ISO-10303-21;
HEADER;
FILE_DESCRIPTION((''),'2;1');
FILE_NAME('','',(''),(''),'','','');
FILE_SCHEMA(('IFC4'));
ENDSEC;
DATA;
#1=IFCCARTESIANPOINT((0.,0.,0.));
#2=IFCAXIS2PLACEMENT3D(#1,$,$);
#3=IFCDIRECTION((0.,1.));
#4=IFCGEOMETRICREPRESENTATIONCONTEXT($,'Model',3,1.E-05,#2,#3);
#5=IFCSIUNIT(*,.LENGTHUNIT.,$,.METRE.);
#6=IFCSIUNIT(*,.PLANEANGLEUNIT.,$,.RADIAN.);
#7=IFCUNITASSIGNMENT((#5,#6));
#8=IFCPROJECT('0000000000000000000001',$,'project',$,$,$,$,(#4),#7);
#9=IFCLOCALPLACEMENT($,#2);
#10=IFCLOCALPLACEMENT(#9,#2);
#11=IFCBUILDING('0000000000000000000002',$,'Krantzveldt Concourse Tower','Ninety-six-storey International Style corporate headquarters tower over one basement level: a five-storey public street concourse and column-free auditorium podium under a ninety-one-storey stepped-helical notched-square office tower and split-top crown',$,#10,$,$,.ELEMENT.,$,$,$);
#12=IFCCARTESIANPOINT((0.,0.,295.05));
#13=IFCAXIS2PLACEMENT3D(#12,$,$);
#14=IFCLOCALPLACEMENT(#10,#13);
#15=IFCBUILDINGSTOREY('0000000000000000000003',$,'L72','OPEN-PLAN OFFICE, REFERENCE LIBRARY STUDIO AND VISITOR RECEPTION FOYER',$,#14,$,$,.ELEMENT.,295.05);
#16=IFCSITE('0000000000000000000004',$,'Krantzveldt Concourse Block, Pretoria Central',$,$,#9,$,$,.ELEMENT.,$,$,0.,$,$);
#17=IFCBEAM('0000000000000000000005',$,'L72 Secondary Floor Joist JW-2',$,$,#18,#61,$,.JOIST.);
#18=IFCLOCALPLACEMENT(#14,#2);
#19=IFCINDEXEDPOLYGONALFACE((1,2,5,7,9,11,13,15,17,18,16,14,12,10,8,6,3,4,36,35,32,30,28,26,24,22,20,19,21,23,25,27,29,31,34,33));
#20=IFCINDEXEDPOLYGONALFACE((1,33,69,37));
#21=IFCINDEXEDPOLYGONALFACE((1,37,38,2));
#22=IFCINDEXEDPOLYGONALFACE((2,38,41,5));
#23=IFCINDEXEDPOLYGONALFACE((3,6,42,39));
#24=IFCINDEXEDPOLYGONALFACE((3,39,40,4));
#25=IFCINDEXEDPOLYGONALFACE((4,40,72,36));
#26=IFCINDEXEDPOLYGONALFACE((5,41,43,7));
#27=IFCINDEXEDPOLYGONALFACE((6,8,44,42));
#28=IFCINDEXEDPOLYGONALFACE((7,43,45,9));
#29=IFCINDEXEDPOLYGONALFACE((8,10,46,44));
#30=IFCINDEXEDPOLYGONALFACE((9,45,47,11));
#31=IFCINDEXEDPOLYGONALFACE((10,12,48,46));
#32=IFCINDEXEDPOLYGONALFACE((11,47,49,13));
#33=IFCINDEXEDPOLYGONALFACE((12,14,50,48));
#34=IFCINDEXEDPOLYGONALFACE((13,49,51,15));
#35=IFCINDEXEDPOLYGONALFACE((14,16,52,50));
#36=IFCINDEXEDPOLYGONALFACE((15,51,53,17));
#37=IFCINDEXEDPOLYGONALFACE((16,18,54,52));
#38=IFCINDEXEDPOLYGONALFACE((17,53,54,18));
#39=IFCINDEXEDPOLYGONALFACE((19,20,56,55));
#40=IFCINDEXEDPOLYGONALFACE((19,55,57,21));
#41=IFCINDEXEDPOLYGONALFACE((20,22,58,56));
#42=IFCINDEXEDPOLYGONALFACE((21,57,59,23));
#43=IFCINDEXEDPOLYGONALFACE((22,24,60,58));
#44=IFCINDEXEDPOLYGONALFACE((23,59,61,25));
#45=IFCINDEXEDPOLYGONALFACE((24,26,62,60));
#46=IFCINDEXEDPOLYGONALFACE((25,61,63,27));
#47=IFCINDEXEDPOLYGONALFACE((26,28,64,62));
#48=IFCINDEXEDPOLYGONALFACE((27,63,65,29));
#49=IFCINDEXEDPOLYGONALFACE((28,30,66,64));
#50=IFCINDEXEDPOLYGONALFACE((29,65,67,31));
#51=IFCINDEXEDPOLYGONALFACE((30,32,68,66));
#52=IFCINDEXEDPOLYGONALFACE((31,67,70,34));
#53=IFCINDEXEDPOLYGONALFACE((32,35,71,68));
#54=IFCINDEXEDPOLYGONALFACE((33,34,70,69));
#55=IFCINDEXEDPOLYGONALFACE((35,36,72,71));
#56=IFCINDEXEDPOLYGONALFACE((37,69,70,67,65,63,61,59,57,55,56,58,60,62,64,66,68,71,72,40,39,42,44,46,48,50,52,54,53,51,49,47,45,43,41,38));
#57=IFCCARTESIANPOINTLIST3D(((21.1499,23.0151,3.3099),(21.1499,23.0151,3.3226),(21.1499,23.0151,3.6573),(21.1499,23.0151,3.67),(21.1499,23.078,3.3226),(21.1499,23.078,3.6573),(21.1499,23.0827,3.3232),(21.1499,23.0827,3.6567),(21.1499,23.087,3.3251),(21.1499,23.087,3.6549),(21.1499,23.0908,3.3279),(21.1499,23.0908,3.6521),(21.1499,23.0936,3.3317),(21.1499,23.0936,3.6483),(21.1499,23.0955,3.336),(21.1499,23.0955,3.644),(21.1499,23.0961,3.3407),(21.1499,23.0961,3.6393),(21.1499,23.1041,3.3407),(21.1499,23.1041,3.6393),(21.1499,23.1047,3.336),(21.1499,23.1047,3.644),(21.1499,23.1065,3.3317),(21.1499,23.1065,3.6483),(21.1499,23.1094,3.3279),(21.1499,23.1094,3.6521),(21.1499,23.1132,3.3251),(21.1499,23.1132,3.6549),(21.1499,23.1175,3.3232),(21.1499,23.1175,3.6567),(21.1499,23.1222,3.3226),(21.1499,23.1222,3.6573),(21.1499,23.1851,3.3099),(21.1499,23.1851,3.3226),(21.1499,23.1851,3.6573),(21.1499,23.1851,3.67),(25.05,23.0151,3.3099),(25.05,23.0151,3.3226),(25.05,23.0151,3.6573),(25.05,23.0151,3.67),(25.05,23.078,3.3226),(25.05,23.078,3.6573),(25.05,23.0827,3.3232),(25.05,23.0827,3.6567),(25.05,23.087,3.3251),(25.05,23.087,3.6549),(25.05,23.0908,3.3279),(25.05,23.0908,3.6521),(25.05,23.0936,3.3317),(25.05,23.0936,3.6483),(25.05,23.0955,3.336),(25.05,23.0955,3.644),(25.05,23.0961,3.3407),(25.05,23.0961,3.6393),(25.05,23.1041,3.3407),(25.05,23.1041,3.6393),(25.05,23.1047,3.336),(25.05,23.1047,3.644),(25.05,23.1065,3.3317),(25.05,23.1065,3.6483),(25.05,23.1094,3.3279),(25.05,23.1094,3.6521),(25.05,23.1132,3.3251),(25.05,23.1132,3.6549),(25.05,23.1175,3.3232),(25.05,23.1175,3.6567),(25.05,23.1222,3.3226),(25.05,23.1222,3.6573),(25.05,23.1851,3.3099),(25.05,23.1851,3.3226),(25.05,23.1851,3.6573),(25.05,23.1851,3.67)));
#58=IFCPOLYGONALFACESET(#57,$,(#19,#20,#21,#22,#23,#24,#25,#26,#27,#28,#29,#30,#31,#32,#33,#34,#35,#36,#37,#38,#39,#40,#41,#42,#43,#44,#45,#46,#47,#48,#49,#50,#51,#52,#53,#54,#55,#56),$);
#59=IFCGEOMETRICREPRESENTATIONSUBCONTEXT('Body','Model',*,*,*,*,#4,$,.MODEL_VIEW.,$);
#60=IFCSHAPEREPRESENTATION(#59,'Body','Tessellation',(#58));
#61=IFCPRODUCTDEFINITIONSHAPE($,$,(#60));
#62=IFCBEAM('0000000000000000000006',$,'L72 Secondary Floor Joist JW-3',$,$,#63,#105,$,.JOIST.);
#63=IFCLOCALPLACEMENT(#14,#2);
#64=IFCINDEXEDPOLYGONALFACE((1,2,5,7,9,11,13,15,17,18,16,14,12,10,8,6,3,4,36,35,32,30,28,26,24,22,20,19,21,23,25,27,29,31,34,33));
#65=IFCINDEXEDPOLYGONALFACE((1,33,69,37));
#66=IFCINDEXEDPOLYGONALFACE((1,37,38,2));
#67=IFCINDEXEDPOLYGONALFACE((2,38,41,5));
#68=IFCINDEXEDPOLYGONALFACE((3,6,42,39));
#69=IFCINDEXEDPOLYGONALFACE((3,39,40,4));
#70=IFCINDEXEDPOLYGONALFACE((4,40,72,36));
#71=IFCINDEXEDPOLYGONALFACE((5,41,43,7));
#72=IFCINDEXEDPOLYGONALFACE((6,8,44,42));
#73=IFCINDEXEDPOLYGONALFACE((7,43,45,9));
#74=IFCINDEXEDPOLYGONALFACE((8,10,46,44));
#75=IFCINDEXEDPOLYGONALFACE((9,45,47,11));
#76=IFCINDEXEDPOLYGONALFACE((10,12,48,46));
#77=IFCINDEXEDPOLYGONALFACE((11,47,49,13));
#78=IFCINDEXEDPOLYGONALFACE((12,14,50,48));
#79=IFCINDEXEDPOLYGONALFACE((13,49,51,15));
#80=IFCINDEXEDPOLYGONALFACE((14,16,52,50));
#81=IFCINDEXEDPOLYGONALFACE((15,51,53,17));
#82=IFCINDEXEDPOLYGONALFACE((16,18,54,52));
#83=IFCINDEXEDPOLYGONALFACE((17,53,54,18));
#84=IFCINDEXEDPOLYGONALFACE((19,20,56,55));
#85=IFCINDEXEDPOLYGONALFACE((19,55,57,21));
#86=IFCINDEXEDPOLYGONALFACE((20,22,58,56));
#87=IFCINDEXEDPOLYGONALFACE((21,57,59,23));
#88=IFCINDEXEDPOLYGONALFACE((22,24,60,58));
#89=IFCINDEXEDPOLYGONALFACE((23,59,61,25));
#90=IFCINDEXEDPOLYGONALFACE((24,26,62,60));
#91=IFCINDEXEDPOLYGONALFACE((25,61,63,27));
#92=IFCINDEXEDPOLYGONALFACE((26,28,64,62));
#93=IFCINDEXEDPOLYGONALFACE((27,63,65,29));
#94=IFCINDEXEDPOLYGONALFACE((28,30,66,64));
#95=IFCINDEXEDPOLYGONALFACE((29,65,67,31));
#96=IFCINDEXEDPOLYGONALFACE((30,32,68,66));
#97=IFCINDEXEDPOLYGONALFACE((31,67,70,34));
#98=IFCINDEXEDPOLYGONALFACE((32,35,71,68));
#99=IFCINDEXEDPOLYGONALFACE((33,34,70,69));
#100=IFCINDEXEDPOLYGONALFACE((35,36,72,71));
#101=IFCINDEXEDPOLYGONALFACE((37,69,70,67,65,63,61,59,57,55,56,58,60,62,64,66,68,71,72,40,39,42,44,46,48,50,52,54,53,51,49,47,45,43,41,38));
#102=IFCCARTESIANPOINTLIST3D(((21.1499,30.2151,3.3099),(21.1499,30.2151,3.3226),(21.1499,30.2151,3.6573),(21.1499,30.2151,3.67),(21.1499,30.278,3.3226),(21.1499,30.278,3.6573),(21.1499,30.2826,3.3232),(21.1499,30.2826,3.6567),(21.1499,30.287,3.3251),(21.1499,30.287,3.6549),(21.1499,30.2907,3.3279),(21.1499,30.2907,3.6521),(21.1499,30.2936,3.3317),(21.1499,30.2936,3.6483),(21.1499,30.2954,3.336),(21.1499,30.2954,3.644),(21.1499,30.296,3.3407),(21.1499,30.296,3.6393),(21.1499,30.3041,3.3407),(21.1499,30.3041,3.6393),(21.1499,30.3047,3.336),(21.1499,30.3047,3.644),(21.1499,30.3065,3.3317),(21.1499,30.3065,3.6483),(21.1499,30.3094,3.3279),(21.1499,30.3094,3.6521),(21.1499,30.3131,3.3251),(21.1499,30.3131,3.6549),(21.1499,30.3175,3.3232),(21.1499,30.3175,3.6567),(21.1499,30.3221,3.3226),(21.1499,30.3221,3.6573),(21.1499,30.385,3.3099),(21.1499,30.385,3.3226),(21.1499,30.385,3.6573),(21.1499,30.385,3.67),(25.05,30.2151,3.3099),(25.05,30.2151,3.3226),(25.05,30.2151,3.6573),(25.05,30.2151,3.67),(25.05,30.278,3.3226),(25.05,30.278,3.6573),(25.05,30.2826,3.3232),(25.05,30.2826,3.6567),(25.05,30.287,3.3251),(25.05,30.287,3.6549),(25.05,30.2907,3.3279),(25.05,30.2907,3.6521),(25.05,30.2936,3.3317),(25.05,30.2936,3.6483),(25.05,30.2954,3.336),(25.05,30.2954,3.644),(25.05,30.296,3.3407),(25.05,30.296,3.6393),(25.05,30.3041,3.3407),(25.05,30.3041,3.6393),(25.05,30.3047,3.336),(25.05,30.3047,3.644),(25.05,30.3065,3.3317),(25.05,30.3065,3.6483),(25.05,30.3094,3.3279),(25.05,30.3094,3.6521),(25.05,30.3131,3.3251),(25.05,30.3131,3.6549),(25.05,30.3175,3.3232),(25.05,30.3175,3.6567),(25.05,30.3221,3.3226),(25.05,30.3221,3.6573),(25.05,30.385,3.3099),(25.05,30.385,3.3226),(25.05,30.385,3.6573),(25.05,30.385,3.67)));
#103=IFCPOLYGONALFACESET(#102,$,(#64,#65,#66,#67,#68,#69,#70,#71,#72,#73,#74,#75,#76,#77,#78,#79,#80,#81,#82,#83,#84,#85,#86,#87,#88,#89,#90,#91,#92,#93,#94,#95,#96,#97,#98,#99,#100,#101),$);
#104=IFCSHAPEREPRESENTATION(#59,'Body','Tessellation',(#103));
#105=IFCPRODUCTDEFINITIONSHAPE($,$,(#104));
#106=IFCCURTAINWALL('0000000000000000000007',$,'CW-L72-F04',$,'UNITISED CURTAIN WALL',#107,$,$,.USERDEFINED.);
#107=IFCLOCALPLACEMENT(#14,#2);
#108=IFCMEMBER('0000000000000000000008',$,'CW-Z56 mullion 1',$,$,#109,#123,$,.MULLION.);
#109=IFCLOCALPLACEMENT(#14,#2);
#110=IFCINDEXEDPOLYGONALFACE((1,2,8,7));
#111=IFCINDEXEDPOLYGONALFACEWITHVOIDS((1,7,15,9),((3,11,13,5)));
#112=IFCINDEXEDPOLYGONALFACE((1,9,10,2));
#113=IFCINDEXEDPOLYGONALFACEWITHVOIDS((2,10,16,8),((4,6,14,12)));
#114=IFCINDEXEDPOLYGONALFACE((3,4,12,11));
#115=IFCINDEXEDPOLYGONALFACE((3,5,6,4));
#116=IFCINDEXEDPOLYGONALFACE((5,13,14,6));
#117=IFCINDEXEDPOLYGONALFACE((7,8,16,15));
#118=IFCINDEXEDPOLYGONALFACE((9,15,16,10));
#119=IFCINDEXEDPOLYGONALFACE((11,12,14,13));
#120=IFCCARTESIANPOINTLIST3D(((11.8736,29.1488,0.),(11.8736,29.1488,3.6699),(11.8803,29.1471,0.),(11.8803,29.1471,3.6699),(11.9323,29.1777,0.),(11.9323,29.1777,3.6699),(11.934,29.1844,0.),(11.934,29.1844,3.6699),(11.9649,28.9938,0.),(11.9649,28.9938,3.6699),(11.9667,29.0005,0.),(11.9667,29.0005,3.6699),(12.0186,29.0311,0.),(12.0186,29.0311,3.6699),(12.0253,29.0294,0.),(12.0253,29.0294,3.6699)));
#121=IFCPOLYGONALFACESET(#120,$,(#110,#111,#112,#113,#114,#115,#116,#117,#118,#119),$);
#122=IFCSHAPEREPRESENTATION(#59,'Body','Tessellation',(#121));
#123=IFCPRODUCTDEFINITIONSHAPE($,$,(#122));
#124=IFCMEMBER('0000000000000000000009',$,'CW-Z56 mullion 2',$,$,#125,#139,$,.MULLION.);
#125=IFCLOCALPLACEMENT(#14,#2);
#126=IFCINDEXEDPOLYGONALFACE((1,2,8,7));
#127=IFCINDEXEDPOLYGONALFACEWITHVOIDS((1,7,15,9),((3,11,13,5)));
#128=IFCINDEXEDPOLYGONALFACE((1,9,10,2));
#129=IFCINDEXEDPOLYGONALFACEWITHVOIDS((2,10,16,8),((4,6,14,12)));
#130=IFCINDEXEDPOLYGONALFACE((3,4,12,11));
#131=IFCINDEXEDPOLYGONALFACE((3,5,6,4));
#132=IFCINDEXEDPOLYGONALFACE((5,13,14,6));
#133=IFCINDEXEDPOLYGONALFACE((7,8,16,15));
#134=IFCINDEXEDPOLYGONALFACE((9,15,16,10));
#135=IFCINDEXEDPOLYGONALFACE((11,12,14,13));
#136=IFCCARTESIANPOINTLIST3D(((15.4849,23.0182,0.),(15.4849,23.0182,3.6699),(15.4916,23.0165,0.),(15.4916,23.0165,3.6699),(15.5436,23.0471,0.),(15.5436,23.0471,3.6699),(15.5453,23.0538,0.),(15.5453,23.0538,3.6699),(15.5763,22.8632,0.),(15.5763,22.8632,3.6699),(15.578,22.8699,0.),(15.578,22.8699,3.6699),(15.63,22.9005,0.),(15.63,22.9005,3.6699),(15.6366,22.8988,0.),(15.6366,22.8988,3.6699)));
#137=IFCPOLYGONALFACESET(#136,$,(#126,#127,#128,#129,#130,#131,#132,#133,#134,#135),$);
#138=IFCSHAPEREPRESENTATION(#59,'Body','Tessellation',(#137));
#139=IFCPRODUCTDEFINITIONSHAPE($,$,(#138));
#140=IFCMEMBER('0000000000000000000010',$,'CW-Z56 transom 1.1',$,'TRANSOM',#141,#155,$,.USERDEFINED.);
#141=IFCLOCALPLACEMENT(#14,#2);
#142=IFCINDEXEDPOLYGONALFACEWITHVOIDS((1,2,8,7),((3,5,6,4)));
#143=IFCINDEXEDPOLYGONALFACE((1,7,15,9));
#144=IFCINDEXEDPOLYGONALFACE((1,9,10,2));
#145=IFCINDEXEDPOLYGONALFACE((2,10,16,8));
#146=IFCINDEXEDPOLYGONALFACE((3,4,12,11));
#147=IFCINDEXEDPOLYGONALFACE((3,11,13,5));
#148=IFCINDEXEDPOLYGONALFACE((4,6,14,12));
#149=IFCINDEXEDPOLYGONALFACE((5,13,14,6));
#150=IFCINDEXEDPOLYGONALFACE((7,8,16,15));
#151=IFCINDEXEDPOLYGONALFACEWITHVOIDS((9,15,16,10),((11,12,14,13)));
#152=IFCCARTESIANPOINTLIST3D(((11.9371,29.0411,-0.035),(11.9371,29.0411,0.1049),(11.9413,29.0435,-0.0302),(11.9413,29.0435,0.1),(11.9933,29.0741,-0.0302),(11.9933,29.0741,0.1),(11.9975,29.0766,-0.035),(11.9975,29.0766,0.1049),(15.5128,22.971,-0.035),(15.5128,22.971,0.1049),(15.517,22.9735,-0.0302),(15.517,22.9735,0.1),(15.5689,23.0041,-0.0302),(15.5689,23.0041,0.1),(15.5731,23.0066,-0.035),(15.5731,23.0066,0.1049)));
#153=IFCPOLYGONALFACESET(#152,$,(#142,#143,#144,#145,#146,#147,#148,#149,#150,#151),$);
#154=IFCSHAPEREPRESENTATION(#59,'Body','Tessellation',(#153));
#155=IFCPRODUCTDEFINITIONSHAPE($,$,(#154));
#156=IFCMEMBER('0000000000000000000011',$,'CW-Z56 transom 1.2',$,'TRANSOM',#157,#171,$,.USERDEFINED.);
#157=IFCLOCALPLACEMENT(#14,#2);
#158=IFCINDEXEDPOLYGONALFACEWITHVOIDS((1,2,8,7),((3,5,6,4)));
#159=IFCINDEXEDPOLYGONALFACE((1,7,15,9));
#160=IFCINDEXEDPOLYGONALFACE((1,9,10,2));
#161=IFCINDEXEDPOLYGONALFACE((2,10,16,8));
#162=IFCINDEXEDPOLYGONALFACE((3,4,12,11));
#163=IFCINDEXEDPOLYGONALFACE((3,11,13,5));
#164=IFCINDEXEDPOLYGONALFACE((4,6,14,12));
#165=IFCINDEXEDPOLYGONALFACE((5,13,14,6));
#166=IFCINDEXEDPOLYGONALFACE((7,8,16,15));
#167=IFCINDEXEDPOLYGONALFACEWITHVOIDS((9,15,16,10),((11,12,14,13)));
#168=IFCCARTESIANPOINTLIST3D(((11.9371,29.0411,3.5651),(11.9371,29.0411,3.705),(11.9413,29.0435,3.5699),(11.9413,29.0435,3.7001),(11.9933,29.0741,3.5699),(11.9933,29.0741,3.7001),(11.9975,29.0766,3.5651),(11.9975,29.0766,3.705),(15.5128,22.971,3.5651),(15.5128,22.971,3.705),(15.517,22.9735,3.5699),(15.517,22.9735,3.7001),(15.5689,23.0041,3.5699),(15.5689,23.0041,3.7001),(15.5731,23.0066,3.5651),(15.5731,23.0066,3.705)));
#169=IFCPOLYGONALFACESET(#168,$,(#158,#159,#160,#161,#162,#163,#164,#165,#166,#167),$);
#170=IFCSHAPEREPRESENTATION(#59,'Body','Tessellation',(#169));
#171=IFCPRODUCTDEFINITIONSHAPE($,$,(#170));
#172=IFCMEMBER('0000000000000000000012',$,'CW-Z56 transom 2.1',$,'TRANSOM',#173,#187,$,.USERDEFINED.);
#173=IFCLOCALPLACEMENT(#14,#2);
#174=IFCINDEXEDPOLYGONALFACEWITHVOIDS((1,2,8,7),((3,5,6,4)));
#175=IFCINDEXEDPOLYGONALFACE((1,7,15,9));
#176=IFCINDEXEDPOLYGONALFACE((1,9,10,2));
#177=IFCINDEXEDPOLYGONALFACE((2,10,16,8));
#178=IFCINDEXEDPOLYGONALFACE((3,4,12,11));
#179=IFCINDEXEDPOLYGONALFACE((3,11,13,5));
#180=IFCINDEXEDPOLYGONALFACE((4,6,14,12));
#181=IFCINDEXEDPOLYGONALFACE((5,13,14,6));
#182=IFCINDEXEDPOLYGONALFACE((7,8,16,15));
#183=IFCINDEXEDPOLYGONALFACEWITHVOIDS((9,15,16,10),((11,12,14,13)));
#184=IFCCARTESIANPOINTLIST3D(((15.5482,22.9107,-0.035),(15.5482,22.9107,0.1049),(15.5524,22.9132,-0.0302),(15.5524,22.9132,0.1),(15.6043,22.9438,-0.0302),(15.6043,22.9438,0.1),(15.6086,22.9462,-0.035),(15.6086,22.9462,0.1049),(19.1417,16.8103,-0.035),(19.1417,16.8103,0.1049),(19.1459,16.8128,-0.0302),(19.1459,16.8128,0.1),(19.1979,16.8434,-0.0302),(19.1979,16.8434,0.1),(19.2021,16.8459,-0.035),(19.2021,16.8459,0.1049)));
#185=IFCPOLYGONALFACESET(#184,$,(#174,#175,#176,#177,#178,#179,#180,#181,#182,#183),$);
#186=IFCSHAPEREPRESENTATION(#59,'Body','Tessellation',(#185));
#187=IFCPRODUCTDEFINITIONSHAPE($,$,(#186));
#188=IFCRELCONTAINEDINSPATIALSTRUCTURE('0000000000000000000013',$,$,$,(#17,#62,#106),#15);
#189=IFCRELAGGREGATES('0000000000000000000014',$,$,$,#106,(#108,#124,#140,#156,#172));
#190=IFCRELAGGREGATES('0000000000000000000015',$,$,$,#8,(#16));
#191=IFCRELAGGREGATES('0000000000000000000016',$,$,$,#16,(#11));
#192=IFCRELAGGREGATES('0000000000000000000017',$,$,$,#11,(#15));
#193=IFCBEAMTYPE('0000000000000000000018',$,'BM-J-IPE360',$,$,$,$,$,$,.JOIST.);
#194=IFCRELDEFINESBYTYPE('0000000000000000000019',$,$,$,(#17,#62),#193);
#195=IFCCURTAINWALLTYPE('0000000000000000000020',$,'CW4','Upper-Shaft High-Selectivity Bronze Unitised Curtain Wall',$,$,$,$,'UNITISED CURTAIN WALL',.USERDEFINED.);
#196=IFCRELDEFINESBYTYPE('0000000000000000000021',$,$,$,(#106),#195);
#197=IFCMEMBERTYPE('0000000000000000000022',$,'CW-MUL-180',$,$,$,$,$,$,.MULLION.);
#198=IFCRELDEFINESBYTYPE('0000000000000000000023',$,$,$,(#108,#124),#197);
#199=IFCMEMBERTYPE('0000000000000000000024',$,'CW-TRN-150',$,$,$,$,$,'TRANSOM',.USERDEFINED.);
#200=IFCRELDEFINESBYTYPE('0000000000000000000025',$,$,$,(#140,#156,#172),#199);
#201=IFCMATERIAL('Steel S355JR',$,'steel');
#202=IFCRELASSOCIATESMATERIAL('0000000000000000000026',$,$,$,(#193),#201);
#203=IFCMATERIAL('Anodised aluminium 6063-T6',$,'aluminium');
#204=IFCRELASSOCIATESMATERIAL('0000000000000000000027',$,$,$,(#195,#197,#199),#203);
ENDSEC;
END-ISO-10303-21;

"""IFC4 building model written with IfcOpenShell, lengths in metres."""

from ifc_helpers import new_model, si_unit, direction, frame, origin, origin_2d, place, context, subcontext, project, spatial, hollow_rectangle, i_section, extrude, source, transform, mapped, material, material_profile, profile_set, type_object, type_shapes, element, aggregate, save


model = new_model("IFC4")

# Units and contexts
model_context = context("Model", 3, precision=1e-05, world=origin(), true_north=direction((0.0, 1.0)))
body_context = subcontext(model_context, "Body", "Model", "MODEL_VIEW")
ifc_project = project(units=[si_unit("LENGTHUNIT", "METRE"), si_unit("PLANEANGLEUNIT", "RADIAN")], contexts=[model_context])

# Site, building, storey
site_placement = place(None, origin())
site = spatial("IfcSite", under=ifc_project, at=site_placement, Name="Krantzveldt Concourse Block, Pretoria Central", CompositionType="ELEMENT", RefElevation=0.0)
building_placement = place(site_placement, origin())
building = spatial("IfcBuilding", under=site, at=building_placement, Name="Krantzveldt Concourse Tower", Description="Ninety-six-storey International Style corporate headquarters tower over one basement level: a five-storey public street concourse and column-free auditorium podium under a ninety-one-storey stepped-helical notched-square office tower and split-top crown", CompositionType="ELEMENT")
storey_placement = place(building_placement, frame((0.0, 0.0, 295.05)))
storey = spatial("IfcBuildingStorey", under=building, at=storey_placement, Name="L72", Description="OPEN-PLAN OFFICE, REFERENCE LIBRARY STUDIO AND VISITOR RECEPTION FOYER", CompositionType="ELEMENT", Elevation=295.05)

# Beams
ifc_material_1 = material(Name="Steel S355JR", Category="steel")
ifc_material_profile_1 = material_profile(ifc_material_1, i_section(OverallWidth=0.1699, OverallDepth=0.3601, WebThickness=0.0081, FlangeThickness=0.0127, FilletRadius=0.0181, at=origin_2d()), Name="Steel S355JR", Category="steel")
ifc_profile_set_1 = profile_set([ifc_material_profile_1], Name="Steel S355JR - IPE 360")
beam_type_1 = type_object("IfcBeamType", Name="BM-J-IPE360", PredefinedType="JOIST", material=ifc_profile_set_1)
shared_shape_1 = source(origin(), body_context, "Body", "SweptSolid", [
    extrude(i_section(OverallWidth=0.1699, OverallDepth=0.3601, WebThickness=0.0081, FlangeThickness=0.0127, FilletRadius=0.0181, at=origin_2d()), origin(), (0.0, 0.0, 1.0), 3.9001),
])
for number, where, z_axis, x_axis, name in (
    (1, (21.1499, 23.1001, 3.49), (1.0, 0.0, 0.0), (0.0, 1.0, 0.0), "L72 Secondary Floor Joist JW-2"),
    (2, (21.1499, 30.3, 3.49), (1.0, 0.0, 0.0), (0.0, 1.0, 0.0), "L72 Secondary Floor Joist JW-3"),
):
    element("IfcBeam", number, at=place(storey_placement, frame(where, z_axis=z_axis, x_axis=x_axis)), inside=storey, type_object=beam_type_1, Name=name, PredefinedType="JOIST", context=body_context, shape_type="MappedRepresentation", body=[
        mapped(shared_shape_1, transform((0.0, 0.0, 0.0), x_axis=(1.0, 0.0, 0.0), y_axis=(0.0, 1.0, 0.0), z_axis=(0.0, 0.0, 1.0), scale=1.0)),
    ])

# Curtain wall, members
ifc_material_2 = material(Name="Anodised aluminium 6063-T6", Category="aluminium")
curtain_wall_type = type_object("IfcCurtainWallType", Name="CW4", Description="Upper-Shaft High-Selectivity Bronze Unitised Curtain Wall", ElementType="UNITISED CURTAIN WALL", PredefinedType="USERDEFINED", material=ifc_material_2)
curtain_wall_placement = place(storey_placement, origin())
curtain_wall = element("IfcCurtainWall", 3, at=curtain_wall_placement, inside=storey, type_object=curtain_wall_type, Name="CW-L72-F04", ObjectType="UNITISED CURTAIN WALL", PredefinedType="USERDEFINED")
ifc_material_profile_2 = material_profile(ifc_material_2, hollow_rectangle(XDim=0.0701, YDim=0.1799, WallThickness=0.0049, at=origin_2d()), Name="Anodised aluminium 6063-T6", Category="aluminium")
ifc_profile_set_2 = profile_set([ifc_material_profile_2], Name="Anodised aluminium 6063-T6 - ALU-MULL 180x70x5")
member_type_1 = type_object("IfcMemberType", Name="CW-MUL-180", PredefinedType="MULLION", material=ifc_profile_set_2)
shared_shape_2 = source(origin(), body_context, "Body", "SweptSolid", [
    extrude(hollow_rectangle(XDim=0.0701, YDim=0.1799, WallThickness=0.0049, at=origin_2d()), origin(), (0.0, 0.0, 1.0), 3.6699),
])
type_shapes(member_type_1, [shared_shape_2])
member_1_placement = place(storey_placement, frame((11.9495, 29.0891, 0.0), z_axis=(0.0, 0.0, 1.0), x_axis=(0.861629, 0.507538, 0.0)))
member_1 = element("IfcMember", 4, at=member_1_placement, type_object=member_type_1, Name="CW-Z56 mullion 1", PredefinedType="MULLION", context=body_context, shape_type="MappedRepresentation", body=[
    mapped(shared_shape_2, transform((0.0, 0.0, 0.0), x_axis=(1.0, 0.0, 0.0), y_axis=(0.0, 1.0, 0.0), z_axis=(0.0, 0.0, 1.0), scale=1.0)),
])
member_2_placement = place(storey_placement, frame((15.5608, 22.9585, 0.0), z_axis=(0.0, 0.0, 1.0), x_axis=(0.861629, 0.507538, 0.0)))
member_2 = element("IfcMember", 5, at=member_2_placement, type_object=member_type_1, Name="CW-Z56 mullion 2", PredefinedType="MULLION", context=body_context, shape_type="MappedRepresentation", body=[
    mapped(shared_shape_2, transform((0.0, 0.0, 0.0), x_axis=(1.0, 0.0, 0.0), y_axis=(0.0, 1.0, 0.0), z_axis=(0.0, 0.0, 1.0), scale=1.0)),
])
ifc_material_profile_3 = material_profile(ifc_material_2, hollow_rectangle(XDim=0.0701, YDim=0.1399, WallThickness=0.0049, at=origin_2d()), Name="Anodised aluminium 6063-T6", Category="aluminium")
ifc_profile_set_3 = profile_set([ifc_material_profile_3], Name="Anodised aluminium 6063-T6 - ALU-TRAN 140x70x5")
member_type_2 = type_object("IfcMemberType", Name="CW-TRN-150", ElementType="TRANSOM", PredefinedType="USERDEFINED", material=ifc_profile_set_3)
shared_shape_3 = source(origin(), body_context, "Body", "SweptSolid", [
    extrude(hollow_rectangle(XDim=0.0701, YDim=0.1399, WallThickness=0.0049, at=origin_2d()), origin(), (0.0, 0.0, 1.0), 7.0449),
])
member_3_placement = place(storey_placement, frame((11.9673, 29.0588, 0.0349), z_axis=(0.507553, -0.86162, 0.0), x_axis=(0.86162, 0.507553, 0.0)))
member_3 = element("IfcMember", 6, at=member_3_placement, type_object=member_type_2, Name="CW-Z56 transom 1.1", ObjectType="TRANSOM", PredefinedType="USERDEFINED", context=body_context, shape_type="MappedRepresentation", body=[
    mapped(shared_shape_3, transform((0.0, 0.0, 0.0), x_axis=(1.0, 0.0, 0.0), y_axis=(0.0, 1.0, 0.0), z_axis=(0.0, 0.0, 1.0), scale=1.0)),
])
member_4_placement = place(storey_placement, frame((11.9673, 29.0588, 3.635), z_axis=(0.507553, -0.86162, 0.0), x_axis=(0.86162, 0.507553, 0.0)))
member_4 = element("IfcMember", 7, at=member_4_placement, type_object=member_type_2, Name="CW-Z56 transom 1.2", ObjectType="TRANSOM", PredefinedType="USERDEFINED", context=body_context, shape_type="MappedRepresentation", body=[
    mapped(shared_shape_3, transform((0.0, 0.0, 0.0), x_axis=(1.0, 0.0, 0.0), y_axis=(0.0, 1.0, 0.0), z_axis=(0.0, 0.0, 1.0), scale=1.0)),
])
shared_shape_4 = source(origin(), body_context, "Body", "SweptSolid", [
    extrude(hollow_rectangle(XDim=0.0701, YDim=0.1399, WallThickness=0.0049, at=origin_2d()), origin(), (0.0, 0.0, 1.0), 7.0801),
])
type_shapes(member_type_2, [shared_shape_3, shared_shape_4])
member_5_placement = place(storey_placement, frame((15.5784, 22.9285, 0.0349), z_axis=(0.507552, -0.861621, 0.0), x_axis=(0.861621, 0.507552, 0.0)))
member_5 = element("IfcMember", 8, at=member_5_placement, type_object=member_type_2, Name="CW-Z56 transom 2.1", ObjectType="TRANSOM", PredefinedType="USERDEFINED", context=body_context, shape_type="MappedRepresentation", body=[
    mapped(shared_shape_4, transform((0.0, 0.0, 0.0), x_axis=(1.0, 0.0, 0.0), y_axis=(0.0, 1.0, 0.0), z_axis=(0.0, 0.0, 1.0), scale=1.0)),
])
aggregate(curtain_wall, [member_1, member_2, member_3, member_4, member_5])

save(model, "model.ifc")
